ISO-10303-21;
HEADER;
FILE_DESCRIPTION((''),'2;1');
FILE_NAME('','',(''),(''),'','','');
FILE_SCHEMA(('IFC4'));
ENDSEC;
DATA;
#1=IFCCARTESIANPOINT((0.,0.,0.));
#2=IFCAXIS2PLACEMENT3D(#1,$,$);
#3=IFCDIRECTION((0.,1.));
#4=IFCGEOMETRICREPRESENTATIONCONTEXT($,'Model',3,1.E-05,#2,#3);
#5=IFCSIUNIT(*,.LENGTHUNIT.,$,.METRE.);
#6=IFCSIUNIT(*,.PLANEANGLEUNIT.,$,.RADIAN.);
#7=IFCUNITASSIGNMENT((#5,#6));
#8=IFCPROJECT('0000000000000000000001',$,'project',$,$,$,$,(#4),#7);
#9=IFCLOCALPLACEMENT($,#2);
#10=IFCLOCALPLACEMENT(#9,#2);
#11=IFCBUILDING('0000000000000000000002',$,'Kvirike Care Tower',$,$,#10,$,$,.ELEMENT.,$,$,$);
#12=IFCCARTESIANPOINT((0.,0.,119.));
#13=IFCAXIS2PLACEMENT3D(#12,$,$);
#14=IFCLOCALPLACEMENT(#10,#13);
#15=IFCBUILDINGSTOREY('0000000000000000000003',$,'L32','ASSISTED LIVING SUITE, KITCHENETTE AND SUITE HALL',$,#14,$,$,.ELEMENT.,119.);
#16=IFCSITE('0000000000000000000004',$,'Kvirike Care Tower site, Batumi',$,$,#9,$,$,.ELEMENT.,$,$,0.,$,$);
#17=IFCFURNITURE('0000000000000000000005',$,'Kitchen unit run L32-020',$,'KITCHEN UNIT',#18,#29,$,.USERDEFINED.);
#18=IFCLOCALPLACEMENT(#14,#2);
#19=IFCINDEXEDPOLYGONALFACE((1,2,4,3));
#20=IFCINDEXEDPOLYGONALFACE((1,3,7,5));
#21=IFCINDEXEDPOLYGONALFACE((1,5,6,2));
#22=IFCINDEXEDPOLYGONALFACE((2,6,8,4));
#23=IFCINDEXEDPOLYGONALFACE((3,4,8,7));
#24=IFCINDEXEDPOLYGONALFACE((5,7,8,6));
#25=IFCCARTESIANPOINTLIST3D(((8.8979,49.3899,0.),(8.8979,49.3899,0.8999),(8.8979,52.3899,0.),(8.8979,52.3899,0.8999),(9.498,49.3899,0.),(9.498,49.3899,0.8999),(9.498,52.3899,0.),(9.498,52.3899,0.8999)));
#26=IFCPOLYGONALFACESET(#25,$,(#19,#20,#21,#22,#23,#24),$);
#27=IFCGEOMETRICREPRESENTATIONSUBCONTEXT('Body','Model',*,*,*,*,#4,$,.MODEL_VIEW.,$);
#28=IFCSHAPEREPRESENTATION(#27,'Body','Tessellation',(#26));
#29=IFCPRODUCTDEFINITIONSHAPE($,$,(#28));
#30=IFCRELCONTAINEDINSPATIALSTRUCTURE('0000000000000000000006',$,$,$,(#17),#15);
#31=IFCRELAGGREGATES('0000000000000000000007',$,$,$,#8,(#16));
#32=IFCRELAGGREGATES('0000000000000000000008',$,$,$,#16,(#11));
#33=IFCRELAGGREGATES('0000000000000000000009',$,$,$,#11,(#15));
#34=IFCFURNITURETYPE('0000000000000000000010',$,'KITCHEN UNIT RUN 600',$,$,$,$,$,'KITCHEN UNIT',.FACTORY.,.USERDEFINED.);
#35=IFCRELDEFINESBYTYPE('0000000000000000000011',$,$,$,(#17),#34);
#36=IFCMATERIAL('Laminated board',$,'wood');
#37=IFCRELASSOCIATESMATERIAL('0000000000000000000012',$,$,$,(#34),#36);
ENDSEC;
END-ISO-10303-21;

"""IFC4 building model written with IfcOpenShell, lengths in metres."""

from ifc_helpers import new_model, si_unit, direction, frame, origin, origin_2d, place, context, subcontext, project, spatial, rectangle, extrude, material, type_object, element, save


model = new_model("IFC4")

# Units and contexts
model_context = context("Model", 3, precision=1e-05, world=origin(), true_north=direction((0.0, 1.0)))
body_context = subcontext(model_context, "Body", "Model", "MODEL_VIEW")
ifc_project = project(units=[si_unit("LENGTHUNIT", "METRE"), si_unit("PLANEANGLEUNIT", "RADIAN")], contexts=[model_context])

# Site, building, storey
site_placement = place(None, origin())
site = spatial("IfcSite", under=ifc_project, at=site_placement, Name="Kvirike Care Tower site, Batumi", CompositionType="ELEMENT", RefElevation=0.0)
building_placement = place(site_placement, origin())
building = spatial("IfcBuilding", under=site, at=building_placement, Name="Kvirike Care Tower", CompositionType="ELEMENT")
storey_placement = place(building_placement, frame((0.0, 0.0, 119.0)))
storey = spatial("IfcBuildingStorey", under=building, at=storey_placement, Name="L32", Description="ASSISTED LIVING SUITE, KITCHENETTE AND SUITE HALL", CompositionType="ELEMENT", Elevation=119.0)

# Furniture
ifc_material_1 = material(Name="Laminated board", Category="wood")
furniture_type = type_object("IfcFurnitureType", Name="KITCHEN UNIT RUN 600", ElementType="KITCHEN UNIT", AssemblyPlace="FACTORY", PredefinedType="USERDEFINED", material=ifc_material_1)
furniture_1_placement = place(storey_placement, frame((9.198, 50.8899, 0.0), z_axis=(0.0, 0.0, 1.0), x_axis=(0.0, -1.0, 0.0)))
element("IfcFurniture", 1, at=furniture_1_placement, inside=storey, type_object=furniture_type, Name="Kitchen unit run L32-020", ObjectType="KITCHEN UNIT", PredefinedType="USERDEFINED", context=body_context, shape_type="SweptSolid", body=[
    extrude(rectangle(XDim=3.0, YDim=0.6001, at=origin_2d()), origin(), (0.0, 0.0, 1.0), 0.8999),
])

save(model, "model.ifc")
